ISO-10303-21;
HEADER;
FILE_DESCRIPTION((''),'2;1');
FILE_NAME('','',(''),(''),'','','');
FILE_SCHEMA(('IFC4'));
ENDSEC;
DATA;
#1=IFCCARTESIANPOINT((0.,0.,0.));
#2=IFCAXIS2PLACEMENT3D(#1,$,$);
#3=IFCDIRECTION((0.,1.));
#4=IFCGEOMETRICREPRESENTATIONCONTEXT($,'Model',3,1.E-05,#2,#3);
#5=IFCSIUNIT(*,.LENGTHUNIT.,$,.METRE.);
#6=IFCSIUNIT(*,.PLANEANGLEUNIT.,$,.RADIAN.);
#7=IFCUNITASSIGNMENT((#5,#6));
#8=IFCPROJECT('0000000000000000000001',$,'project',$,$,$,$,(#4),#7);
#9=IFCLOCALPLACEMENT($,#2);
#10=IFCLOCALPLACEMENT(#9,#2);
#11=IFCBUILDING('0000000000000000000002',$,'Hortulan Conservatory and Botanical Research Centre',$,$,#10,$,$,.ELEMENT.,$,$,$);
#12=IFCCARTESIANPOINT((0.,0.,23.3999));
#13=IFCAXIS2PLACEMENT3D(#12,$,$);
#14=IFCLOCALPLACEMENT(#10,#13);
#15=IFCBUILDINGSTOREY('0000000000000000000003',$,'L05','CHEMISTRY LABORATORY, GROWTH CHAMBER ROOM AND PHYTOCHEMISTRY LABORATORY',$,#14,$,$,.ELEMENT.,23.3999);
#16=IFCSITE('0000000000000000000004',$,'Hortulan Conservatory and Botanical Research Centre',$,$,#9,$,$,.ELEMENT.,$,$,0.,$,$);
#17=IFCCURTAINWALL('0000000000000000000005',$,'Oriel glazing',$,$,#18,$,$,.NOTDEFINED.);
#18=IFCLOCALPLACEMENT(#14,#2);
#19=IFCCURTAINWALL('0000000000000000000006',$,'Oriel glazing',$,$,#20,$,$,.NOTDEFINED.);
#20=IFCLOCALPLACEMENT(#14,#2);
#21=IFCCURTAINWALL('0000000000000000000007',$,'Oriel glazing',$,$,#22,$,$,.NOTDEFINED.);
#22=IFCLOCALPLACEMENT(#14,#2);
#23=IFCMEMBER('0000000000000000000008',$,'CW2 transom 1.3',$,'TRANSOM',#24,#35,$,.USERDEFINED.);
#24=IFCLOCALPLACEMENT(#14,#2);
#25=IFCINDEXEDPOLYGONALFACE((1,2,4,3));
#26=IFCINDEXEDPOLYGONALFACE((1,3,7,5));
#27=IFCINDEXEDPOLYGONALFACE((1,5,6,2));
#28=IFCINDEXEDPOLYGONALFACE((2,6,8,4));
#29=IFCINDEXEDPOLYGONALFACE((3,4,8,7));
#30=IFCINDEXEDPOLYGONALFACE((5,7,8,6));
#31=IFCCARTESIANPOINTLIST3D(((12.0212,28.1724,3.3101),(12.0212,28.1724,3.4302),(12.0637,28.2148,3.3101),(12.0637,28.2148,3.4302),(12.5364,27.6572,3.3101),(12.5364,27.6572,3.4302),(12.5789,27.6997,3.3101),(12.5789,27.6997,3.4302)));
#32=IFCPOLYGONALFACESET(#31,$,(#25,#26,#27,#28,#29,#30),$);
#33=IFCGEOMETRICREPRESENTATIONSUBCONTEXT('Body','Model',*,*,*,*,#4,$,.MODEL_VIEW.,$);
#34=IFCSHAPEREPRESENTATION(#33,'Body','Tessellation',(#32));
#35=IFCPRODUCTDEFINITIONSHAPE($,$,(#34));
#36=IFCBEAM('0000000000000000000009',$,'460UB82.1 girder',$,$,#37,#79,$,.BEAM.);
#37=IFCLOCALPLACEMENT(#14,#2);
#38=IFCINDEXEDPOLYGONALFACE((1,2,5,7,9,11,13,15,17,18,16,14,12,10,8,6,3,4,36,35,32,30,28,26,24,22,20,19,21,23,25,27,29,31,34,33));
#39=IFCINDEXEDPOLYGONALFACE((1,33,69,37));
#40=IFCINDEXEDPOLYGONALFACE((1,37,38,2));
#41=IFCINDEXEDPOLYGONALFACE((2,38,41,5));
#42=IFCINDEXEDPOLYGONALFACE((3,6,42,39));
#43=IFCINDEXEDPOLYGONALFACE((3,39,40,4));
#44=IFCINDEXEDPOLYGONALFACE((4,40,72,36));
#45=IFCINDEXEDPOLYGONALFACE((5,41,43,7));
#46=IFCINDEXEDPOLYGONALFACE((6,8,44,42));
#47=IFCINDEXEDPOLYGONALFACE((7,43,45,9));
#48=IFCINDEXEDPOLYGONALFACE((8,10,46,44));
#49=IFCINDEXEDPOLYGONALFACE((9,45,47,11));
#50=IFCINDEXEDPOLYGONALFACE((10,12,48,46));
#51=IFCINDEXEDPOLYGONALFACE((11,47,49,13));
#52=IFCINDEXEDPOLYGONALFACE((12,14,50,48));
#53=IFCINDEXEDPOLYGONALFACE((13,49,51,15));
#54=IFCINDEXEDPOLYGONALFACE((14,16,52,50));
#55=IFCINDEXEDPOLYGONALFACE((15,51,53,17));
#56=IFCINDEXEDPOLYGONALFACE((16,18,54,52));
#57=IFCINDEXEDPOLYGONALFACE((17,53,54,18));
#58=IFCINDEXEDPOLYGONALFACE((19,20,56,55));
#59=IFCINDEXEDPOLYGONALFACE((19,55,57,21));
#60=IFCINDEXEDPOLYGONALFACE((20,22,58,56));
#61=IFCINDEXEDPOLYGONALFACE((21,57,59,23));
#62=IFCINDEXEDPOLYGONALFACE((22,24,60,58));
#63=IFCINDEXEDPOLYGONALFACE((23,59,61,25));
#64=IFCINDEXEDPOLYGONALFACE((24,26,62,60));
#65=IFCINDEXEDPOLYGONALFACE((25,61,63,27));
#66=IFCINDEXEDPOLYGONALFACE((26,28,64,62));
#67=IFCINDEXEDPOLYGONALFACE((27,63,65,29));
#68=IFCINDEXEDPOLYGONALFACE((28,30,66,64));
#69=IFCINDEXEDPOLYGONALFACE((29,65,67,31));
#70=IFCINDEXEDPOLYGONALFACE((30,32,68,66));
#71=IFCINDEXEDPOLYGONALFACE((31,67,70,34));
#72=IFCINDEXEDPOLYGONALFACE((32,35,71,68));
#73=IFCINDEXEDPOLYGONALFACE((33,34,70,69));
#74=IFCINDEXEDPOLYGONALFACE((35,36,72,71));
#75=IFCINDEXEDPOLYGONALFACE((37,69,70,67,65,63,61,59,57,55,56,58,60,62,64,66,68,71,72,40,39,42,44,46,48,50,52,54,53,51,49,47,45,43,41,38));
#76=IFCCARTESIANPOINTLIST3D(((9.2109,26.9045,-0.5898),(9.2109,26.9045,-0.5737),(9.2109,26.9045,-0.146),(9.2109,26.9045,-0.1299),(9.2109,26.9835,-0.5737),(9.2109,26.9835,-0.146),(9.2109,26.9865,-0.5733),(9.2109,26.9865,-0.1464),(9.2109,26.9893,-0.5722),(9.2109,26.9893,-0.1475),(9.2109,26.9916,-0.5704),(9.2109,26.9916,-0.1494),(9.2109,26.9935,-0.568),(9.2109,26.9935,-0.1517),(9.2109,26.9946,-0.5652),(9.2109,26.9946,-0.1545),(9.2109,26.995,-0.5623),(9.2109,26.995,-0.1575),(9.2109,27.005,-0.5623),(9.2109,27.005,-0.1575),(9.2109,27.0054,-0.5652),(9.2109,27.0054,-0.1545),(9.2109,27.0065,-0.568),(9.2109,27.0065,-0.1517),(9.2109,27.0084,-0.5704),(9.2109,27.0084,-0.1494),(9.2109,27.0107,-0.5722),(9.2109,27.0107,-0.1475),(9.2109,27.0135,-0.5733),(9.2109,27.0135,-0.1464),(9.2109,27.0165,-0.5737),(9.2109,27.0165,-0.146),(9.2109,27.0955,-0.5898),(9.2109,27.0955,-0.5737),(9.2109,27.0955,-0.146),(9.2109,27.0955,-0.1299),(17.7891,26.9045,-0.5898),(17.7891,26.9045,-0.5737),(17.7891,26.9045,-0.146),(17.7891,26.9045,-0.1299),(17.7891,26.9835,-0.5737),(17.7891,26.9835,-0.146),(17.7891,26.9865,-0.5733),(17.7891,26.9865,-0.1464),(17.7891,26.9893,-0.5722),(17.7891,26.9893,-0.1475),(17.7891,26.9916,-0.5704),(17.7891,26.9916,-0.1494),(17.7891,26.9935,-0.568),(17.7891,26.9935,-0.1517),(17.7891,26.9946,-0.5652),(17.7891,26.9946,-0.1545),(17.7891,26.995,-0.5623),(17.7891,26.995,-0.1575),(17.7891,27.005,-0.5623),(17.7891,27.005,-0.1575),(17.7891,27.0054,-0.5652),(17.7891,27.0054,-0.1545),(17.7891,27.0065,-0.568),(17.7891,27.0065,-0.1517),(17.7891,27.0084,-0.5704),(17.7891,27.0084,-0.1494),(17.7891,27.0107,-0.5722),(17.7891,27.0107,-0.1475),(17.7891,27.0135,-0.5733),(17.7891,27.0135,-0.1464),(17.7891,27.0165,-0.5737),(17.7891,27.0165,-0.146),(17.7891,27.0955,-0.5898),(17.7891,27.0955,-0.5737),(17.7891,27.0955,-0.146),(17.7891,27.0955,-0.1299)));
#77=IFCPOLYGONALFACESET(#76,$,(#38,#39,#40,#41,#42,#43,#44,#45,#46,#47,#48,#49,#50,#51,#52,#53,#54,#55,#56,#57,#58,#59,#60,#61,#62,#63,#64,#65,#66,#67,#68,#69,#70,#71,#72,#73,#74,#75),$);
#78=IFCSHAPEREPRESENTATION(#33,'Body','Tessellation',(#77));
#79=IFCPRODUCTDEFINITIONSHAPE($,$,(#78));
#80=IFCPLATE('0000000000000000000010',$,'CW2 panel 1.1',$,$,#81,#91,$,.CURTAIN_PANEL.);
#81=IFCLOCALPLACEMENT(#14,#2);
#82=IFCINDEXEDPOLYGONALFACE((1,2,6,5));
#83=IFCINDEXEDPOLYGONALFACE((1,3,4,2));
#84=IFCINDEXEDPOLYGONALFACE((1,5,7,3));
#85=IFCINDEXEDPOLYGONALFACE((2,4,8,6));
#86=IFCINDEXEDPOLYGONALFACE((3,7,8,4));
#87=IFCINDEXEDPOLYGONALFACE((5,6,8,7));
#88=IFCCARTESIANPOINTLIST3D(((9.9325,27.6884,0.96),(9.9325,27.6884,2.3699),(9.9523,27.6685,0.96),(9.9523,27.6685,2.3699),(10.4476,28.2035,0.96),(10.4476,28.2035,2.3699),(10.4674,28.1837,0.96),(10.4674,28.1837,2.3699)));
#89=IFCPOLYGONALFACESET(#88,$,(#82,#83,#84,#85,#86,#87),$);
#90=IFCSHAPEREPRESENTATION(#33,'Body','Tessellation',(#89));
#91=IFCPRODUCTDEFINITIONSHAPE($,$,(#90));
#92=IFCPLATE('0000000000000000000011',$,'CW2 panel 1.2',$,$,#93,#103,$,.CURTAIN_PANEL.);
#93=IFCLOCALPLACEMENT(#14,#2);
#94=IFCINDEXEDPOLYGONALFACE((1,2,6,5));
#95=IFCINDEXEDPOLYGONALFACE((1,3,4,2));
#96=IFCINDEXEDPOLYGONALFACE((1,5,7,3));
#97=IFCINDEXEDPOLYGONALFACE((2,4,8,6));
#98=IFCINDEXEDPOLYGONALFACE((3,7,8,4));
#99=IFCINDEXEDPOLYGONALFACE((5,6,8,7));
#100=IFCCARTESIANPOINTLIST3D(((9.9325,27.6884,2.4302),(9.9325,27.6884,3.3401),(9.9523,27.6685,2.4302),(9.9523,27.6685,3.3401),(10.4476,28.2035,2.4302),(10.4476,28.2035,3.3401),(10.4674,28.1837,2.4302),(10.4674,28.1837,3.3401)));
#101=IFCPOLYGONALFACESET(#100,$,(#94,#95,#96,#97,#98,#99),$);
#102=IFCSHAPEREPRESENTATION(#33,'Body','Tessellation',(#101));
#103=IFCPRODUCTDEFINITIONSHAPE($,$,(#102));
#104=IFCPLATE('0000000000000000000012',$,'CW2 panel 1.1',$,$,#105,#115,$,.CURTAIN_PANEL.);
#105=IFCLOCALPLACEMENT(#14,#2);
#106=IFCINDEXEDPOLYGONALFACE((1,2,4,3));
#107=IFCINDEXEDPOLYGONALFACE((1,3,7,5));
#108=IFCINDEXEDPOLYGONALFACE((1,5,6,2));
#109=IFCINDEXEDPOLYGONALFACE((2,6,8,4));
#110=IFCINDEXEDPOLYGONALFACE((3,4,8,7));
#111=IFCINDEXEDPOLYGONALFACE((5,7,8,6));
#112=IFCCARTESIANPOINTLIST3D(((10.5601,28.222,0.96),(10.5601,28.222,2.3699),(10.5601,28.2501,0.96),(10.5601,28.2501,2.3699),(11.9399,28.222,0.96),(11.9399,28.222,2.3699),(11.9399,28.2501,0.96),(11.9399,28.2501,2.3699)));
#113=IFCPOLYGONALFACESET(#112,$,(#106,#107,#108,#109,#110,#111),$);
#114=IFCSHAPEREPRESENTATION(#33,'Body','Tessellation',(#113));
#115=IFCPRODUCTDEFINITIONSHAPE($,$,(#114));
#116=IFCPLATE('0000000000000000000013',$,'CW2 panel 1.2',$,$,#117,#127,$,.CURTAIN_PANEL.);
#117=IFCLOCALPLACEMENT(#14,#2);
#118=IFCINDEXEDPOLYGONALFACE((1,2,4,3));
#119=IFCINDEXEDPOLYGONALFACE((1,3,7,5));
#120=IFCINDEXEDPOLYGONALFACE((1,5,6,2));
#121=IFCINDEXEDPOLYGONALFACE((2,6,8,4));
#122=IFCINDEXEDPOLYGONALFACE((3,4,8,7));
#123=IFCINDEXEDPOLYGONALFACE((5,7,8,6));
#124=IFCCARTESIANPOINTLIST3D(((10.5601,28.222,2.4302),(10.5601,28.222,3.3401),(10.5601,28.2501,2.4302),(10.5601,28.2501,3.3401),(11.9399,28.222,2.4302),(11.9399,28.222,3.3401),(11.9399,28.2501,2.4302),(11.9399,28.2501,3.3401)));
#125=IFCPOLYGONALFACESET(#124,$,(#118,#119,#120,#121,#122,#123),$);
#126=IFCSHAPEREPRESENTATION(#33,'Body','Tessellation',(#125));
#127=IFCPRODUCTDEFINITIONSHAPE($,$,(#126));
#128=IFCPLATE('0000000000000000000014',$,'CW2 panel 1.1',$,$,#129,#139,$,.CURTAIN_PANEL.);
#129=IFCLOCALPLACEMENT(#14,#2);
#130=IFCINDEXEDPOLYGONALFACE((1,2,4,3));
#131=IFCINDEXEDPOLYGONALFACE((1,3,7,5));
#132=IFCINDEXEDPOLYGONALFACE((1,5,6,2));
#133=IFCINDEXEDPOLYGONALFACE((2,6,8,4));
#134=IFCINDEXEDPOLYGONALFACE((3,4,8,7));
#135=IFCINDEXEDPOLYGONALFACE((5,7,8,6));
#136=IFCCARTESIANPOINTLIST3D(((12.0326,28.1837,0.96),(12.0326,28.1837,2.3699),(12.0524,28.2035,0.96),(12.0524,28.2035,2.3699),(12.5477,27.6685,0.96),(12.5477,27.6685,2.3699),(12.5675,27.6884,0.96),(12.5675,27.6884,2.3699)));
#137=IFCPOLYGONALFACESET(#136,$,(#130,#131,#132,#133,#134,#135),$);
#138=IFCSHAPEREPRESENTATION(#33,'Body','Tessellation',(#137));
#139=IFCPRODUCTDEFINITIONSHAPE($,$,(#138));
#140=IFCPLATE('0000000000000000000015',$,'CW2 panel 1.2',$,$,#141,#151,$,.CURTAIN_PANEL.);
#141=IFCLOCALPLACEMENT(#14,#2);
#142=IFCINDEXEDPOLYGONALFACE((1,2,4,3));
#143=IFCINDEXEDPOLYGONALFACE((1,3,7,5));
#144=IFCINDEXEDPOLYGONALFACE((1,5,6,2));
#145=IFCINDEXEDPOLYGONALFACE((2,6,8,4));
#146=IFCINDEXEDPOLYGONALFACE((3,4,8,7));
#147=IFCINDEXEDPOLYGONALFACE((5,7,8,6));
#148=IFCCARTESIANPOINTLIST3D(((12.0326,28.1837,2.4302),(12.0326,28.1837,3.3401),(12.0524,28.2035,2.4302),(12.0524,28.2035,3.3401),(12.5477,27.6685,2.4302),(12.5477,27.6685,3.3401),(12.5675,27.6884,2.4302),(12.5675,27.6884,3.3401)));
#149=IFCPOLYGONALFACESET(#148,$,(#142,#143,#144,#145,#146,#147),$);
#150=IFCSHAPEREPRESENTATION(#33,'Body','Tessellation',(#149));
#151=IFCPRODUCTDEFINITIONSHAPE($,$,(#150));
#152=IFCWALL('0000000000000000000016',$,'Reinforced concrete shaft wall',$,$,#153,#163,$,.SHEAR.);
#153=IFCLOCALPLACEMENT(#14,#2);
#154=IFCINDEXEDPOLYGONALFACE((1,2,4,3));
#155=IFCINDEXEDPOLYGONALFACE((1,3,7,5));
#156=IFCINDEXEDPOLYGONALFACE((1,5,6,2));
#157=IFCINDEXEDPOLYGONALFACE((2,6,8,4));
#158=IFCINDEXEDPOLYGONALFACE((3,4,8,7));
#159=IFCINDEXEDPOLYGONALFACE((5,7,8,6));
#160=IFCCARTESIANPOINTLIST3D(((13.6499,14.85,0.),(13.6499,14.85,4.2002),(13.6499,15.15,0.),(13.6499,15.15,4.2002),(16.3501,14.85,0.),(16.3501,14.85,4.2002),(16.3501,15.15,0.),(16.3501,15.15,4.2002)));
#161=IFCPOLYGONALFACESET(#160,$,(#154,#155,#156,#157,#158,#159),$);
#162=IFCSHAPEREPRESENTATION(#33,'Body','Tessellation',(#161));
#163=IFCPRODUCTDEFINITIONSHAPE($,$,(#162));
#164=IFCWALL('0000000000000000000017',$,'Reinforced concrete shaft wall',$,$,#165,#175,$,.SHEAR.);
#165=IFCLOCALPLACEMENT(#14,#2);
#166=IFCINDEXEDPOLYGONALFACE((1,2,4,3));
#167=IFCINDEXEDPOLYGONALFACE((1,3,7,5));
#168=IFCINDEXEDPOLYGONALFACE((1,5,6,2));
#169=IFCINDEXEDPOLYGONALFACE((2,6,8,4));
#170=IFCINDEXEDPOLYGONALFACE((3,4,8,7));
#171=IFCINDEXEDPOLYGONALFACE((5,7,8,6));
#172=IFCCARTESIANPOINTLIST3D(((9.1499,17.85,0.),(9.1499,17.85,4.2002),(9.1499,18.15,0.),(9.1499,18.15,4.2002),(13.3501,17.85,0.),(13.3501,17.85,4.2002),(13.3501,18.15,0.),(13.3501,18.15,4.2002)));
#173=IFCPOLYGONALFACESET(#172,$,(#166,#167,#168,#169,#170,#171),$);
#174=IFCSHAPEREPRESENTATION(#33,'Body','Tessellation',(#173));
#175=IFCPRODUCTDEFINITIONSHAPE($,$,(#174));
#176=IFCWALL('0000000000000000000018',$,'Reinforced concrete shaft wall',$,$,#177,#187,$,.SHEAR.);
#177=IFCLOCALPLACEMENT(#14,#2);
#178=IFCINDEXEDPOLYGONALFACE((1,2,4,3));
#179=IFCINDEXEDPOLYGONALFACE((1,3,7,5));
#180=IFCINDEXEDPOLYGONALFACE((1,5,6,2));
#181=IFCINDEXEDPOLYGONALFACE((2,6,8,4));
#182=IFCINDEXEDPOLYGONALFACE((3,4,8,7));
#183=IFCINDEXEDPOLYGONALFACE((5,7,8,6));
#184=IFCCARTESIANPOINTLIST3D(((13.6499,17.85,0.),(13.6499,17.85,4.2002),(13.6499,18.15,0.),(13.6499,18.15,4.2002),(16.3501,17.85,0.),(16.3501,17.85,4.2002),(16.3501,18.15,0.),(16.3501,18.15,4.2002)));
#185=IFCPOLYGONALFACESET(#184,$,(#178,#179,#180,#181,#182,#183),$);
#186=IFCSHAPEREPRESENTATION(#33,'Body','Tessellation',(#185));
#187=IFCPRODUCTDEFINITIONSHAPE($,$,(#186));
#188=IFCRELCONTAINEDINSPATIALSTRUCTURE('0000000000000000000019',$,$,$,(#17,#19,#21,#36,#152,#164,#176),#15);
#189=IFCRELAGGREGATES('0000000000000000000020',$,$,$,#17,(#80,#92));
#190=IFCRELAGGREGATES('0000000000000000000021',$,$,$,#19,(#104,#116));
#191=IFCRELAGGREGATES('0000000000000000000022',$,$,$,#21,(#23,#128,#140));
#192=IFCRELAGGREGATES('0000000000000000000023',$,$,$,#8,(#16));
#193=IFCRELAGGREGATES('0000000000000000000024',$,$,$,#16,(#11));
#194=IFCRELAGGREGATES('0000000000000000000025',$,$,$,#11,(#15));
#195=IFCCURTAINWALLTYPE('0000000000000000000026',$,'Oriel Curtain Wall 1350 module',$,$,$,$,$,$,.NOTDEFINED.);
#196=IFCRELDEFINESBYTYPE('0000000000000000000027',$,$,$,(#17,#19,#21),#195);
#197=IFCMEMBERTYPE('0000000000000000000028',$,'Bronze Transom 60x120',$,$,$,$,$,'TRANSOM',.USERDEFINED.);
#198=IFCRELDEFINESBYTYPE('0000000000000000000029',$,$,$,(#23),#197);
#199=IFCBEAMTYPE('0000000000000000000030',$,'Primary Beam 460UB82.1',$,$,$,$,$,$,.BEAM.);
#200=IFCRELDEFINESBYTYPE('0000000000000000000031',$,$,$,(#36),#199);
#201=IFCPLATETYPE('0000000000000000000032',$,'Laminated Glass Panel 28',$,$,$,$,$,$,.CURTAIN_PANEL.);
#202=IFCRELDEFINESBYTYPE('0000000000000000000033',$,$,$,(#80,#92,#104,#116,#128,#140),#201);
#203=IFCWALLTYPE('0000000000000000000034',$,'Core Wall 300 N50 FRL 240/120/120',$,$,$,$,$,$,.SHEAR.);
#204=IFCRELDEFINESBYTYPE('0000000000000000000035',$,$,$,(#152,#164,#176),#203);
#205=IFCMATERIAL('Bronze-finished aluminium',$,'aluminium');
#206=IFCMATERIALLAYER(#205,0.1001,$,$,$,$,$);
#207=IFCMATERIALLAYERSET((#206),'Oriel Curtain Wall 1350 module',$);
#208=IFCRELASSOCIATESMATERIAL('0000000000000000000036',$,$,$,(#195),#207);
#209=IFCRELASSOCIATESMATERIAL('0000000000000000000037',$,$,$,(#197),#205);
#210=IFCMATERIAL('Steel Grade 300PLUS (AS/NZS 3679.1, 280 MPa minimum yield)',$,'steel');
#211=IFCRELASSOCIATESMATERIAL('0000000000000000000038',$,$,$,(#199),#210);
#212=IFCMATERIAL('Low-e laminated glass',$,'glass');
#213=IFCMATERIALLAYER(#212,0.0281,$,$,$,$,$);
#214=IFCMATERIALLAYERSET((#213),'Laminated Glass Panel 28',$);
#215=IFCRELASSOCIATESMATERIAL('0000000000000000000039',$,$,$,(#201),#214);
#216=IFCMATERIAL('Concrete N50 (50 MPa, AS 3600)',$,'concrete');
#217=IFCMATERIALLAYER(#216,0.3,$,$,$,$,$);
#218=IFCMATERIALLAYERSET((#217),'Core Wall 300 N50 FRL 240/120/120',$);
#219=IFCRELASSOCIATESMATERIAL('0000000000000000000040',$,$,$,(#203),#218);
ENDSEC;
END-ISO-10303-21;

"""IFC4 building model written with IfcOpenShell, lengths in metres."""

from ifc_helpers import new_model, si_unit, direction, frame, frame_2d, origin, origin_2d, place, context, subcontext, project, spatial, rectangle, i_section, extrude, material, layer, layer_set, material_profile, profile_set, type_object, element, aggregate, save


model = new_model("IFC4")

# Units and contexts
model_context = context("Model", 3, precision=1e-05, world=origin(), true_north=direction((0.0, 1.0)))
body_context = subcontext(model_context, "Body", "Model", "MODEL_VIEW")
ifc_project = project(units=[si_unit("LENGTHUNIT", "METRE"), si_unit("PLANEANGLEUNIT", "RADIAN")], contexts=[model_context])

# Site, building, storey
site_placement = place(None, origin())
site = spatial("IfcSite", under=ifc_project, at=site_placement, Name="Hortulan Conservatory and Botanical Research Centre", CompositionType="ELEMENT", RefElevation=0.0)
building_placement = place(site_placement, origin())
building = spatial("IfcBuilding", under=site, at=building_placement, Name="Hortulan Conservatory and Botanical Research Centre", CompositionType="ELEMENT")
storey_placement = place(building_placement, frame((0.0, 0.0, 23.3999)))
storey = spatial("IfcBuildingStorey", under=building, at=storey_placement, Name="L05", Description="CHEMISTRY LABORATORY, GROWTH CHAMBER ROOM AND PHYTOCHEMISTRY LABORATORY", CompositionType="ELEMENT", Elevation=23.3999)

# Curtain walls
ifc_material_1 = material(Name="Bronze-finished aluminium", Category="aluminium")
ifc_layer_1 = layer(ifc_material_1, 0.1001)
ifc_layer_set_1 = layer_set([ifc_layer_1], Name="Oriel Curtain Wall 1350 module")
curtain_wall_type = type_object("IfcCurtainWallType", Name="Oriel Curtain Wall 1350 module", PredefinedType="NOTDEFINED", material=ifc_layer_set_1)
curtain_wall_1_placement = place(storey_placement, origin())
curtain_wall_1 = element("IfcCurtainWall", 1, at=curtain_wall_1_placement, inside=storey, type_object=curtain_wall_type, Name="Oriel glazing", PredefinedType="NOTDEFINED")
curtain_wall_2_placement = place(storey_placement, origin())
curtain_wall_2 = element("IfcCurtainWall", 2, at=curtain_wall_2_placement, inside=storey, type_object=curtain_wall_type, Name="Oriel glazing", PredefinedType="NOTDEFINED")
curtain_wall_3_placement = place(storey_placement, origin())
curtain_wall_3 = element("IfcCurtainWall", 3, at=curtain_wall_3_placement, inside=storey, type_object=curtain_wall_type, Name="Oriel glazing", PredefinedType="NOTDEFINED")

# Member
ifc_material_profile_1 = material_profile(ifc_material_1, rectangle(XDim=0.0601, YDim=0.1201, at=origin_2d()), Name="Bronze Transom 60x120")
ifc_profile_set_1 = profile_set([ifc_material_profile_1], Name="Bronze-finished aluminium")
member_type_1 = type_object("IfcMemberType", Name="Bronze Transom 60x120", ElementType="TRANSOM", PredefinedType="USERDEFINED", material=ifc_profile_set_1)
member_1_placement = place(storey_placement, frame((12.0425, 28.1936, 3.3701), z_axis=(0.707107, -0.707107, 0.0), x_axis=(0.707107, 0.707107, 0.0)))
member_1 = element("IfcMember", 4, at=member_1_placement, type_object=member_type_1, Name="CW2 transom 1.3", ObjectType="TRANSOM", PredefinedType="USERDEFINED", context=body_context, shape_type="SweptSolid", body=[
    extrude(rectangle(XDim=0.0601, YDim=0.1201, at=origin_2d()), origin(), (0.0, 0.0, 1.0), 0.7285),
])

# Beam
ifc_material_2 = material(Name="Steel Grade 300PLUS (AS/NZS 3679.1, 280 MPa minimum yield)", Category="steel")
ifc_material_profile_2 = material_profile(ifc_material_2, i_section(OverallWidth=0.1909, OverallDepth=0.46, WebThickness=0.01, FlangeThickness=0.0161, FilletRadius=0.0115, at=origin_2d()), Name="460UB82.1")
ifc_profile_set_2 = profile_set([ifc_material_profile_2], Name="Steel Grade 300PLUS (AS/NZS 3679.1, 280 MPa minimum yield)")
beam_type = type_object("IfcBeamType", Name="Primary Beam 460UB82.1", PredefinedType="BEAM", material=ifc_profile_set_2)
beam_placement = place(storey_placement, frame((9.2109, 27.0, -0.3599), z_axis=(1.0, 0.0, 0.0), x_axis=(0.0, 1.0, 0.0)))
element("IfcBeam", 5, at=beam_placement, inside=storey, type_object=beam_type, Name="460UB82.1 girder", PredefinedType="BEAM", context=body_context, shape_type="SweptSolid", body=[
    extrude(i_section(OverallWidth=0.1909, OverallDepth=0.46, WebThickness=0.01, FlangeThickness=0.0161, FilletRadius=0.0115, at=origin_2d()), origin(), (0.0, 0.0, 1.0), 8.5781),
])

# Plates
ifc_material_3 = material(Name="Low-e laminated glass", Category="glass")
ifc_layer_2 = layer(ifc_material_3, 0.0281)
ifc_layer_set_2 = layer_set([ifc_layer_2], Name="Laminated Glass Panel 28")
plate_type = type_object("IfcPlateType", Name="Laminated Glass Panel 28", PredefinedType="CURTAIN_PANEL", material=ifc_layer_set_2)
plate_1_placement = place(storey_placement, frame((10.2, 27.936, 0.96), z_axis=(0.0, 0.0, 1.0), x_axis=(0.707107, 0.707107, 0.0)))
plate_1 = element("IfcPlate", 6, at=plate_1_placement, type_object=plate_type, Name="CW2 panel 1.1", PredefinedType="CURTAIN_PANEL", context=body_context, shape_type="SweptSolid", body=[
    extrude(rectangle(XDim=0.7285, YDim=0.0281, at=origin_2d()), origin(), (0.0, 0.0, 1.0), 1.4099),
])
plate_2_placement = place(storey_placement, frame((10.2, 27.936, 2.4302), z_axis=(0.0, 0.0, 1.0), x_axis=(0.707107, 0.707107, 0.0)))
plate_2 = element("IfcPlate", 7, at=plate_2_placement, type_object=plate_type, Name="CW2 panel 1.2", PredefinedType="CURTAIN_PANEL", context=body_context, shape_type="SweptSolid", body=[
    extrude(rectangle(XDim=0.7285, YDim=0.0281, at=origin_2d()), origin(), (0.0, 0.0, 1.0), 0.9099),
])
aggregate(curtain_wall_1, [plate_1, plate_2])
plate_3_placement = place(storey_placement, frame((11.25, 28.2361, 0.96), z_axis=(0.0, 0.0, 1.0), x_axis=(1.0, 0.0, 0.0)))
plate_3 = element("IfcPlate", 8, at=plate_3_placement, type_object=plate_type, Name="CW2 panel 1.1", PredefinedType="CURTAIN_PANEL", context=body_context, shape_type="SweptSolid", body=[
    extrude(rectangle(XDim=1.3799, YDim=0.0281, at=origin_2d()), origin(), (0.0, 0.0, 1.0), 1.4099),
])
plate_4_placement = place(storey_placement, frame((11.25, 28.2361, 2.4302), z_axis=(0.0, 0.0, 1.0), x_axis=(1.0, 0.0, 0.0)))
plate_4 = element("IfcPlate", 9, at=plate_4_placement, type_object=plate_type, Name="CW2 panel 1.2", PredefinedType="CURTAIN_PANEL", context=body_context, shape_type="SweptSolid", body=[
    extrude(rectangle(XDim=1.3799, YDim=0.0281, at=origin_2d()), origin(), (0.0, 0.0, 1.0), 0.9099),
])
aggregate(curtain_wall_2, [plate_3, plate_4])
plate_5_placement = place(storey_placement, frame((12.3, 27.936, 0.96), z_axis=(0.0, 0.0, 1.0), x_axis=(0.707107, -0.707107, 0.0)))
plate_5 = element("IfcPlate", 10, at=plate_5_placement, type_object=plate_type, Name="CW2 panel 1.1", PredefinedType="CURTAIN_PANEL", context=body_context, shape_type="SweptSolid", body=[
    extrude(rectangle(XDim=0.7285, YDim=0.0281, at=origin_2d()), origin(), (0.0, 0.0, 1.0), 1.4099),
])
plate_6_placement = place(storey_placement, frame((12.3, 27.936, 2.4302), z_axis=(0.0, 0.0, 1.0), x_axis=(0.707107, -0.707107, 0.0)))
plate_6 = element("IfcPlate", 11, at=plate_6_placement, type_object=plate_type, Name="CW2 panel 1.2", PredefinedType="CURTAIN_PANEL", context=body_context, shape_type="SweptSolid", body=[
    extrude(rectangle(XDim=0.7285, YDim=0.0281, at=origin_2d()), origin(), (0.0, 0.0, 1.0), 0.9099),
])
aggregate(curtain_wall_3, [member_1, plate_5, plate_6])

# Walls
ifc_material_4 = material(Name="Concrete N50 (50 MPa, AS 3600)", Category="concrete")
ifc_layer_3 = layer(ifc_material_4, 0.3)
ifc_layer_set_3 = layer_set([ifc_layer_3], Name="Core Wall 300 N50 FRL 240/120/120")
wall_type = type_object("IfcWallType", Name="Core Wall 300 N50 FRL 240/120/120", PredefinedType="SHEAR", material=ifc_layer_set_3)
wall_1_placement = place(storey_placement, frame((13.6499, 15.0, 0.0), z_axis=(0.0, 0.0, 1.0), x_axis=(1.0, 0.0, 0.0)))
element("IfcWall", 12, at=wall_1_placement, inside=storey, type_object=wall_type, Name="Reinforced concrete shaft wall", PredefinedType="SHEAR", context=body_context, shape_type="SweptSolid", body=[
    extrude(rectangle(XDim=2.7002, YDim=0.3, at=frame_2d((1.3501, 0.0))), origin(), (0.0, 0.0, 1.0), 4.2002),
])
wall_2_placement = place(storey_placement, frame((9.1499, 18.0, 0.0), z_axis=(0.0, 0.0, 1.0), x_axis=(1.0, 0.0, 0.0)))
element("IfcWall", 13, at=wall_2_placement, inside=storey, type_object=wall_type, Name="Reinforced concrete shaft wall", PredefinedType="SHEAR", context=body_context, shape_type="SweptSolid", body=[
    extrude(rectangle(XDim=4.2002, YDim=0.3, at=frame_2d((2.1001, 0.0))), origin(), (0.0, 0.0, 1.0), 4.2002),
])
wall_3_placement = place(storey_placement, frame((13.6499, 18.0, 0.0), z_axis=(0.0, 0.0, 1.0), x_axis=(1.0, 0.0, 0.0)))
element("IfcWall", 14, at=wall_3_placement, inside=storey, type_object=wall_type, Name="Reinforced concrete shaft wall", PredefinedType="SHEAR", context=body_context, shape_type="SweptSolid", body=[
    extrude(rectangle(XDim=2.7002, YDim=0.3, at=frame_2d((1.3501, 0.0))), origin(), (0.0, 0.0, 1.0), 4.2002),
])

save(model, "model.ifc")
